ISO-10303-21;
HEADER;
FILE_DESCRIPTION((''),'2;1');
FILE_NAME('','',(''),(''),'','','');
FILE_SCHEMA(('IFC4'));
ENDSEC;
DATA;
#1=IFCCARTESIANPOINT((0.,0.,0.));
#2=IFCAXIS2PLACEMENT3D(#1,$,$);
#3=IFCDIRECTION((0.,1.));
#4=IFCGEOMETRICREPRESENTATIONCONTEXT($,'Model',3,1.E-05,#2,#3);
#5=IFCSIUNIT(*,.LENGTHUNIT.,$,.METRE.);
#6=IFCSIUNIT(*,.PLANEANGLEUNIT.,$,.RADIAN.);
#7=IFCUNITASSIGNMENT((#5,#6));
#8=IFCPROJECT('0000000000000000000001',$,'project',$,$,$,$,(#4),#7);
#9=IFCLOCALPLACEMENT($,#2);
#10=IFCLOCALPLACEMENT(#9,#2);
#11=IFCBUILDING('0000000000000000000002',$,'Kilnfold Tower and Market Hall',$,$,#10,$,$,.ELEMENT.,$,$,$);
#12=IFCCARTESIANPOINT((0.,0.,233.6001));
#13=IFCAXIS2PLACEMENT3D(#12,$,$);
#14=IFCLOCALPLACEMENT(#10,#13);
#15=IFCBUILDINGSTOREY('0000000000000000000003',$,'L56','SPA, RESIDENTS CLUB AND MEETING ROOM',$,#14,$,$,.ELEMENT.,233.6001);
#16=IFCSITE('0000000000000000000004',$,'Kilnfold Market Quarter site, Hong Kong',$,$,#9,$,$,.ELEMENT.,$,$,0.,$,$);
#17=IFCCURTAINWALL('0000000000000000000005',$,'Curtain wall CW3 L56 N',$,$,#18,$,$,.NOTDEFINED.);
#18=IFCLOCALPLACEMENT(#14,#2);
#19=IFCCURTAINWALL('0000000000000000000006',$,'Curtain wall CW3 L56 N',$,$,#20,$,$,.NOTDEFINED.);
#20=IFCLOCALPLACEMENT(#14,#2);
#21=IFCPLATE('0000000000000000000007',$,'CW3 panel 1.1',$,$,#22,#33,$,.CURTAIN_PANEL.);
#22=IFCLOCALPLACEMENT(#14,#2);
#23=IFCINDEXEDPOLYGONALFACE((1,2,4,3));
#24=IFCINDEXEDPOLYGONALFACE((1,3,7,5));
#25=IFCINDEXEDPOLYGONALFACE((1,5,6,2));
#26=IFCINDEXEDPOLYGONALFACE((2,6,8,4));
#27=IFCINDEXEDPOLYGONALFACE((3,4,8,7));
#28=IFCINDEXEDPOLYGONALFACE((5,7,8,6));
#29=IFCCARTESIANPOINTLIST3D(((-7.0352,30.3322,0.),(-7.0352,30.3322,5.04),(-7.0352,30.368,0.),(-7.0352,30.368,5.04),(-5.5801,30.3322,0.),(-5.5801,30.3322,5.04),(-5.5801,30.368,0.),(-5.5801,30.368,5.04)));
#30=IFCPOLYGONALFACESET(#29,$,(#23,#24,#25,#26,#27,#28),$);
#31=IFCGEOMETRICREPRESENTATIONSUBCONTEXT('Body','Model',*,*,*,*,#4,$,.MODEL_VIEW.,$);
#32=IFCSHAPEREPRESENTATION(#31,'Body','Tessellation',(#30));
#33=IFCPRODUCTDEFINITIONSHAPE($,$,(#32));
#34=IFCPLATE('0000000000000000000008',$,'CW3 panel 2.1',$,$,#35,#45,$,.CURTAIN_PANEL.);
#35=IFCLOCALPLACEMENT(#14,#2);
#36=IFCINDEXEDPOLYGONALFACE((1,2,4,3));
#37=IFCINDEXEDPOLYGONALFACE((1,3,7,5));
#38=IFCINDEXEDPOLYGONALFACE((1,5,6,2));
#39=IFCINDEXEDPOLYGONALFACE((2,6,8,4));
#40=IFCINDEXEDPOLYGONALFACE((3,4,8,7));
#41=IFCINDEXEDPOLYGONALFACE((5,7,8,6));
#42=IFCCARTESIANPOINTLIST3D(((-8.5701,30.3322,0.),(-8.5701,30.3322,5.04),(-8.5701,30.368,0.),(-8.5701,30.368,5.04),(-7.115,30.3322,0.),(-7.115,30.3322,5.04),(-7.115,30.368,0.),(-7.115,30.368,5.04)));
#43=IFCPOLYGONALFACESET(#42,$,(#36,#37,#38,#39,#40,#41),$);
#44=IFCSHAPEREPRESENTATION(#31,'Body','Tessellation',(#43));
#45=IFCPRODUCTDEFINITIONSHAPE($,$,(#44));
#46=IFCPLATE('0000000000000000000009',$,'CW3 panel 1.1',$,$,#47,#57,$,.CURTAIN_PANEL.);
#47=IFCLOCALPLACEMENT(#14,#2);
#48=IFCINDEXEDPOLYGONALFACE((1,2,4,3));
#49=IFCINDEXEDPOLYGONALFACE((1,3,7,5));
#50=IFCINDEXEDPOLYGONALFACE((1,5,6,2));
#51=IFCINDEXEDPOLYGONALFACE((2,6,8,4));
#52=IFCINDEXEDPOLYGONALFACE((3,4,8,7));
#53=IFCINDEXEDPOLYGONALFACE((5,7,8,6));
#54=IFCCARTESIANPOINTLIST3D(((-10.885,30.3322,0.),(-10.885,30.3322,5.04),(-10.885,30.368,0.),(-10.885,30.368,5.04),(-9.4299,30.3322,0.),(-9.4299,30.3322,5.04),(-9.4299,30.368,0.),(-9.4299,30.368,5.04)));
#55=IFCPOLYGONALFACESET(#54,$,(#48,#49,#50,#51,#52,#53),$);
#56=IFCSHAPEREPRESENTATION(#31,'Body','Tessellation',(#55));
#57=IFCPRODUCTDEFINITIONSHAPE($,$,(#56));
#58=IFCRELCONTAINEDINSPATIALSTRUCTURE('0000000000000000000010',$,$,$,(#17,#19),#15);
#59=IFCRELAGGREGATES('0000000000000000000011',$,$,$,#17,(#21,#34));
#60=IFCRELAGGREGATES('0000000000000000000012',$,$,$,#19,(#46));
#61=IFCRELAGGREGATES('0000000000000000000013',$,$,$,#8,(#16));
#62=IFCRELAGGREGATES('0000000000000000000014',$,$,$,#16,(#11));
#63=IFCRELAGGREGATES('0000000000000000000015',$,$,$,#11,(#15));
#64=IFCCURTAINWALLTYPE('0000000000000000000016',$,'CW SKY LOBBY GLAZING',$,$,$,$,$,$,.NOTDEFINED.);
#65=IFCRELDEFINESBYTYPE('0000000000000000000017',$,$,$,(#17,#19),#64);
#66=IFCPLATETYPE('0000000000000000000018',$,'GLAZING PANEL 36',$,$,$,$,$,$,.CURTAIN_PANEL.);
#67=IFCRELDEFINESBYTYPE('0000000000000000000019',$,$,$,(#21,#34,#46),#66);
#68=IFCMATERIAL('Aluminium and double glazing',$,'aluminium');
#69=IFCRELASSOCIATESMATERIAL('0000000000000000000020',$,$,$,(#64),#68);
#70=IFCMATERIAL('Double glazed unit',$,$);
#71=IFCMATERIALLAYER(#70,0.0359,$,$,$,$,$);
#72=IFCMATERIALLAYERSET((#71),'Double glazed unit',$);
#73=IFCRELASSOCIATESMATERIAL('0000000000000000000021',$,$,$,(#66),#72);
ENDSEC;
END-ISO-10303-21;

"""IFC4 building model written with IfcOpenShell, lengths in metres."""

from ifc_helpers import new_model, si_unit, direction, frame, origin, origin_2d, place, context, subcontext, project, spatial, rectangle, extrude, source, transform, mapped, material, layer, layer_set, type_object, element, aggregate, save


model = new_model("IFC4")

# Units and contexts
model_context = context("Model", 3, precision=1e-05, world=origin(), true_north=direction((0.0, 1.0)))
body_context = subcontext(model_context, "Body", "Model", "MODEL_VIEW")
ifc_project = project(units=[si_unit("LENGTHUNIT", "METRE"), si_unit("PLANEANGLEUNIT", "RADIAN")], contexts=[model_context])

# Site, building, storey
site_placement = place(None, origin())
site = spatial("IfcSite", under=ifc_project, at=site_placement, Name="Kilnfold Market Quarter site, Hong Kong", CompositionType="ELEMENT", RefElevation=0.0)
building_placement = place(site_placement, origin())
building = spatial("IfcBuilding", under=site, at=building_placement, Name="Kilnfold Tower and Market Hall", CompositionType="ELEMENT")
storey_placement = place(building_placement, frame((0.0, 0.0, 233.6001)))
storey = spatial("IfcBuildingStorey", under=building, at=storey_placement, Name="L56", Description="SPA, RESIDENTS CLUB AND MEETING ROOM", CompositionType="ELEMENT", Elevation=233.6001)

# Curtain wall
ifc_material_1 = material(Name="Aluminium and double glazing", Category="aluminium")
curtain_wall_type = type_object("IfcCurtainWallType", Name="CW SKY LOBBY GLAZING", PredefinedType="NOTDEFINED", material=ifc_material_1)
curtain_wall_1_placement = place(storey_placement, origin())
curtain_wall_1 = element("IfcCurtainWall", 1, at=curtain_wall_1_placement, inside=storey, type_object=curtain_wall_type, Name="Curtain wall CW3 L56 N", PredefinedType="NOTDEFINED")

# Curtain wall
curtain_wall_2_placement = place(storey_placement, origin())
curtain_wall_2 = element("IfcCurtainWall", 2, at=curtain_wall_2_placement, inside=storey, type_object=curtain_wall_type, Name="Curtain wall CW3 L56 N", PredefinedType="NOTDEFINED")

# Plates
ifc_material_2 = material(Name="Double glazed unit")
ifc_layer = layer(ifc_material_2, 0.0359)
ifc_layer_set = layer_set([ifc_layer], Name="Double glazed unit")
plate_type = type_object("IfcPlateType", Name="GLAZING PANEL 36", PredefinedType="CURTAIN_PANEL", material=ifc_layer_set)
shared_shape_1 = source(origin(), body_context, "Body", "SweptSolid", [
    extrude(rectangle(XDim=1.4551, YDim=0.0359, at=origin_2d()), origin(), (0.0, 0.0, 1.0), 5.04),
])
plate_1_placement = place(storey_placement, frame((-6.3076, 30.3501, 0.0), z_axis=(0.0, 0.0, 1.0), x_axis=(-1.0, 0.0, 0.0)))
plate_1 = element("IfcPlate", 3, at=plate_1_placement, type_object=plate_type, Name="CW3 panel 1.1", PredefinedType="CURTAIN_PANEL", context=body_context, shape_type="MappedRepresentation", body=[
    mapped(shared_shape_1, transform((0.0, 0.0, 0.0))),
])
plate_2_placement = place(storey_placement, frame((-7.8425, 30.3501, 0.0), z_axis=(0.0, 0.0, 1.0), x_axis=(-1.0, 0.0, 0.0)))
plate_2 = element("IfcPlate", 4, at=plate_2_placement, type_object=plate_type, Name="CW3 panel 2.1", PredefinedType="CURTAIN_PANEL", context=body_context, shape_type="MappedRepresentation", body=[
    mapped(shared_shape_1, transform((0.0, 0.0, 0.0))),
])
aggregate(curtain_wall_1, [plate_1, plate_2])
plate_3_placement = place(storey_placement, frame((-10.1575, 30.3501, 0.0), z_axis=(0.0, 0.0, 1.0), x_axis=(-1.0, 0.0, 0.0)))
plate_3 = element("IfcPlate", 5, at=plate_3_placement, type_object=plate_type, Name="CW3 panel 1.1", PredefinedType="CURTAIN_PANEL", context=body_context, shape_type="MappedRepresentation", body=[
    mapped(shared_shape_1, transform((0.0, 0.0, 0.0))),
])
aggregate(curtain_wall_2, [plate_3])

save(model, "model.ifc")
